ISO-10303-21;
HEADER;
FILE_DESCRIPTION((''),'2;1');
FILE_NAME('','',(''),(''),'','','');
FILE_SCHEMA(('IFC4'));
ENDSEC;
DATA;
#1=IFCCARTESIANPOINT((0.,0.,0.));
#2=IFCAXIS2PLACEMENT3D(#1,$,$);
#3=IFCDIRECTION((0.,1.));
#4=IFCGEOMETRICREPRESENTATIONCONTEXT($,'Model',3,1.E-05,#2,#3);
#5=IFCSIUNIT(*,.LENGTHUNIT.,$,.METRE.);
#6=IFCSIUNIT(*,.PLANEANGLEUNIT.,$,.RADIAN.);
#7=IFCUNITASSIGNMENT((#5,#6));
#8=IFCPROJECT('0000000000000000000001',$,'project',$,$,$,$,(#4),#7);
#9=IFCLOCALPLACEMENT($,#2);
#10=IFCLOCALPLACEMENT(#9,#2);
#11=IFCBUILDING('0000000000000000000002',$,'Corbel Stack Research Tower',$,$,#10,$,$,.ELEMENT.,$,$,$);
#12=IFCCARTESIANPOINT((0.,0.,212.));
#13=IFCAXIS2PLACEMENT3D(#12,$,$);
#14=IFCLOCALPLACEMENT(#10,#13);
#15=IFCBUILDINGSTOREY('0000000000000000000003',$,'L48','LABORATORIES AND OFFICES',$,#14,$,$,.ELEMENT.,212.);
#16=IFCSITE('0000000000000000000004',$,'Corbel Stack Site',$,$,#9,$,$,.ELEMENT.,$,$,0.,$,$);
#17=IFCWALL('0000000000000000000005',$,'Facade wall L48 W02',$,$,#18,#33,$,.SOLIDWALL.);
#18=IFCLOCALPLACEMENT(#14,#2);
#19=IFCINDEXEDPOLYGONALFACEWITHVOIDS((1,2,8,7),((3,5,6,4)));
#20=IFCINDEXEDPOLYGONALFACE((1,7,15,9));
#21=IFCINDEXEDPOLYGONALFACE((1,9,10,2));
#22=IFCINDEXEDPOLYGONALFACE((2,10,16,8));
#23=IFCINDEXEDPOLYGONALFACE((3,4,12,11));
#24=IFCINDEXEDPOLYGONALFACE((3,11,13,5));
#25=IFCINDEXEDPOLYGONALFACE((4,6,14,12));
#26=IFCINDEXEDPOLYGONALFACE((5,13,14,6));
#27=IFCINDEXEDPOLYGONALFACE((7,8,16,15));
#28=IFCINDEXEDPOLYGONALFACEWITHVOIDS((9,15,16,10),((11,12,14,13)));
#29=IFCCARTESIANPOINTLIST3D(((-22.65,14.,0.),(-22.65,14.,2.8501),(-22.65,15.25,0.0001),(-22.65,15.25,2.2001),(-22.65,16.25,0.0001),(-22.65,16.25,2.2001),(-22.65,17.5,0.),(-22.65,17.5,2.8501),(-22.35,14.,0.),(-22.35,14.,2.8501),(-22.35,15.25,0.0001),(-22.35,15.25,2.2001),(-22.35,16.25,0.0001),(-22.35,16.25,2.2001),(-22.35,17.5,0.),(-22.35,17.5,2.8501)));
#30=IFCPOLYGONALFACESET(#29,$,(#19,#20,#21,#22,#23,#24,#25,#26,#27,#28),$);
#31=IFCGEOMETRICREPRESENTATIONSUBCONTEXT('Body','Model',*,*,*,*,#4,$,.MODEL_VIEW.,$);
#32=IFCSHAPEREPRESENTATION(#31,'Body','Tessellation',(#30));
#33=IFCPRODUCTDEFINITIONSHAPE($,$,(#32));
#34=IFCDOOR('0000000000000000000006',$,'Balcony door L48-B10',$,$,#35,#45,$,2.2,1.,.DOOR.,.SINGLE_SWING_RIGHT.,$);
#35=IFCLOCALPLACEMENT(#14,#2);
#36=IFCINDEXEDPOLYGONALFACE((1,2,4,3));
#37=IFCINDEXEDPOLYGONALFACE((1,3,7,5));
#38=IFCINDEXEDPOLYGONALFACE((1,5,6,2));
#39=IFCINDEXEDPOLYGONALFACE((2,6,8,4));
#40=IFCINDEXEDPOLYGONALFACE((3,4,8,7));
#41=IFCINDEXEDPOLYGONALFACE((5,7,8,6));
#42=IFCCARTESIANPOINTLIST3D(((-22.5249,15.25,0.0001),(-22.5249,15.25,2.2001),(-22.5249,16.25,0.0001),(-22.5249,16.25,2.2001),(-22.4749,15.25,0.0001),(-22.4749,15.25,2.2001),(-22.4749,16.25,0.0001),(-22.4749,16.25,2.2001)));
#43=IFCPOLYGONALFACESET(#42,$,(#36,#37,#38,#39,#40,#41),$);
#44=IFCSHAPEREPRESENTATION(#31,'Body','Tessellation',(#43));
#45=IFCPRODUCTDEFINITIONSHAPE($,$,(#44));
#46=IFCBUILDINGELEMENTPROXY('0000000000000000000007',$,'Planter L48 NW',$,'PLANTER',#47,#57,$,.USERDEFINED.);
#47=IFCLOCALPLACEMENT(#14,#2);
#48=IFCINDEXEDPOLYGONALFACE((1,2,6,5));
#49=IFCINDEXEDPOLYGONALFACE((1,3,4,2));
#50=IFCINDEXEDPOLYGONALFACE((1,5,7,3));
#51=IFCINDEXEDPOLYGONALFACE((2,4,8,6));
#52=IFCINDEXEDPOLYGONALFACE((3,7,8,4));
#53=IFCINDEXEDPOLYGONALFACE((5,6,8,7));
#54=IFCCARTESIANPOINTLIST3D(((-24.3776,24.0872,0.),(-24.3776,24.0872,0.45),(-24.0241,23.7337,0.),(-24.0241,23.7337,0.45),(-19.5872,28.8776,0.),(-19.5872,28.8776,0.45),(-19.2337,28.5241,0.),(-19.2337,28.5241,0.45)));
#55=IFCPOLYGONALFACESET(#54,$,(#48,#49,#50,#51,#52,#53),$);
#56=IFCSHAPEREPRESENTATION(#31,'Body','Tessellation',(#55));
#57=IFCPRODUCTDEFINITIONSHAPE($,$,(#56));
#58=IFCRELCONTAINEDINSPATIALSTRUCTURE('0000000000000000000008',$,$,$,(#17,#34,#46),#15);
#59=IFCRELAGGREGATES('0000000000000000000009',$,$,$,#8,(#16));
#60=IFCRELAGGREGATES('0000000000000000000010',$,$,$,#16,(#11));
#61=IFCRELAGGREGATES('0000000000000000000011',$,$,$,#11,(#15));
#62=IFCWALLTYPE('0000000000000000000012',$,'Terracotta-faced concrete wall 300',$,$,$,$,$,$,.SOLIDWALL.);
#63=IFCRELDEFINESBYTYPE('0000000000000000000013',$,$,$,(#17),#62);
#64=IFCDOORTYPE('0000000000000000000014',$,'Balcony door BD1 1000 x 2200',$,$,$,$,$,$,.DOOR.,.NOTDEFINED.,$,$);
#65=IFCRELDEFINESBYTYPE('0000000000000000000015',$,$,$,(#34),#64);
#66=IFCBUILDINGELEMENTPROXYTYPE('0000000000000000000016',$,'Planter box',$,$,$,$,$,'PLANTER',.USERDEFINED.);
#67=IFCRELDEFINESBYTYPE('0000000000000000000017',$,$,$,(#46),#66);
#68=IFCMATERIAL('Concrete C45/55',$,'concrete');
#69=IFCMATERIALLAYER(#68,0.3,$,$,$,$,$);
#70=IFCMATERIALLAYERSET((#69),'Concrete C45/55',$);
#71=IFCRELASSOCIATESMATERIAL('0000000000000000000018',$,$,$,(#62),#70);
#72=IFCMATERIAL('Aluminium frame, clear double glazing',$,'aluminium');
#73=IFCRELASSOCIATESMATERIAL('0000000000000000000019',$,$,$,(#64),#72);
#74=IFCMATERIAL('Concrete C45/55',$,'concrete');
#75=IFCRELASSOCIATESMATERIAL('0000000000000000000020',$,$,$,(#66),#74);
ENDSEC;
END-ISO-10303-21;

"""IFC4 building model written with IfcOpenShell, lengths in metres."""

from ifc_helpers import new_model, si_unit, direction, frame, frame_2d, origin, origin_2d, place, context, subcontext, project, spatial, rectangle, extrude, material, layer, layer_set, type_object, element, fill, save


model = new_model("IFC4")

# Units and contexts
model_context = context("Model", 3, precision=1e-05, world=origin(), true_north=direction((0.0, 1.0)))
body_context = subcontext(model_context, "Body", "Model", "MODEL_VIEW")
ifc_project = project(units=[si_unit("LENGTHUNIT", "METRE"), si_unit("PLANEANGLEUNIT", "RADIAN")], contexts=[model_context])

# Site, building, storey
site_placement = place(None, origin())
site = spatial("IfcSite", under=ifc_project, at=site_placement, Name="Corbel Stack Site", CompositionType="ELEMENT", RefElevation=0.0)
building_placement = place(site_placement, origin())
building = spatial("IfcBuilding", under=site, at=building_placement, Name="Corbel Stack Research Tower", CompositionType="ELEMENT")
storey_placement = place(building_placement, frame((0.0, 0.0, 212.0)))
storey = spatial("IfcBuildingStorey", under=building, at=storey_placement, Name="L48", Description="LABORATORIES AND OFFICES", CompositionType="ELEMENT", Elevation=212.0)

# Shared definitions
ifc_material_1 = material(Name="Concrete C45/55", Category="concrete")
ifc_layer_1 = layer(ifc_material_1, 0.3)
ifc_layer_set_1 = layer_set([ifc_layer_1], Name="Concrete C45/55")
wall_type_1 = type_object("IfcWallType", Name="Terracotta-faced concrete wall 300", PredefinedType="SOLIDWALL", material=ifc_layer_set_1)

# Wall, opening, door
wall_1_placement = place(storey_placement, frame((-22.5, 14.0, 0.0), z_axis=(0.0, 0.0, 1.0), x_axis=(0.0, 1.0, 0.0)))
wall_1 = element("IfcWall", 1, at=wall_1_placement, inside=storey, type_object=wall_type_1, Name="Facade wall L48 W02", PredefinedType="SOLIDWALL", context=body_context, shape_type="SweptSolid", body=[
    extrude(rectangle(XDim=3.5, YDim=0.3, at=frame_2d((1.75, 0.0))), origin(), (0.0, 0.0, 1.0), 2.8501),
])
opening_1_placement = place(wall_1_placement, frame((1.25, 0.0, 0.0)))
opening_1 = element("IfcOpeningElement", 2, at=opening_1_placement, cuts=wall_1, PredefinedType="OPENING", context=body_context, shape_type="SweptSolid", body=[
    extrude(rectangle(XDim=1.0, YDim=2.2, at=frame_2d((0.5, 1.1001))), frame((0.0, 0.1599, 0.0), z_axis=(0.0, -1.0, 0.0), x_axis=(1.0, 0.0, 0.0)), (0.0, 0.0, 1.0), 0.3201),
])
ifc_material_2 = material(Name="Aluminium frame, clear double glazing", Category="aluminium")
door_type_1 = type_object("IfcDoorType", Name="Balcony door BD1 1000 x 2200", OperationType="NOTDEFINED", PredefinedType="DOOR", material=ifc_material_2)
door_1_placement = place(opening_1_placement, origin())
door_1 = element("IfcDoor", 3, at=door_1_placement, inside=storey, type_object=door_type_1, Name="Balcony door L48-B10", OperationType="SINGLE_SWING_RIGHT", OverallHeight=2.2, OverallWidth=1.0, PredefinedType="DOOR", context=body_context, shape_type="SweptSolid", body=[
    extrude(rectangle(XDim=1.0, YDim=2.2, at=frame_2d((0.5, 1.1001))), frame((0.0, 0.0249, 0.0), z_axis=(0.0, -1.0, 0.0), x_axis=(1.0, 0.0, 0.0)), (0.0, 0.0, 1.0), 0.05),
])
fill(opening_1, door_1)

# Building element proxy
ifc_material_3 = material(Name="Concrete C45/55", Category="concrete")
building_element_proxy_type = type_object("IfcBuildingElementProxyType", Name="Planter box", ElementType="PLANTER", PredefinedType="USERDEFINED", material=ifc_material_3)
proxy_placement = place(storey_placement, frame((-21.8057, 26.3057, 0.0), z_axis=(0.0, 0.0, 1.0), x_axis=(-0.707107, -0.707107, 0.0)))
element("IfcBuildingElementProxy", 4, at=proxy_placement, inside=storey, type_object=building_element_proxy_type, Name="Planter L48 NW", ObjectType="PLANTER", PredefinedType="USERDEFINED", context=body_context, shape_type="SweptSolid", body=[
    extrude(rectangle(XDim=6.7747, YDim=0.5, at=origin_2d()), origin(), (0.0, 0.0, 1.0), 0.45),
])

save(model, "model.ifc")
